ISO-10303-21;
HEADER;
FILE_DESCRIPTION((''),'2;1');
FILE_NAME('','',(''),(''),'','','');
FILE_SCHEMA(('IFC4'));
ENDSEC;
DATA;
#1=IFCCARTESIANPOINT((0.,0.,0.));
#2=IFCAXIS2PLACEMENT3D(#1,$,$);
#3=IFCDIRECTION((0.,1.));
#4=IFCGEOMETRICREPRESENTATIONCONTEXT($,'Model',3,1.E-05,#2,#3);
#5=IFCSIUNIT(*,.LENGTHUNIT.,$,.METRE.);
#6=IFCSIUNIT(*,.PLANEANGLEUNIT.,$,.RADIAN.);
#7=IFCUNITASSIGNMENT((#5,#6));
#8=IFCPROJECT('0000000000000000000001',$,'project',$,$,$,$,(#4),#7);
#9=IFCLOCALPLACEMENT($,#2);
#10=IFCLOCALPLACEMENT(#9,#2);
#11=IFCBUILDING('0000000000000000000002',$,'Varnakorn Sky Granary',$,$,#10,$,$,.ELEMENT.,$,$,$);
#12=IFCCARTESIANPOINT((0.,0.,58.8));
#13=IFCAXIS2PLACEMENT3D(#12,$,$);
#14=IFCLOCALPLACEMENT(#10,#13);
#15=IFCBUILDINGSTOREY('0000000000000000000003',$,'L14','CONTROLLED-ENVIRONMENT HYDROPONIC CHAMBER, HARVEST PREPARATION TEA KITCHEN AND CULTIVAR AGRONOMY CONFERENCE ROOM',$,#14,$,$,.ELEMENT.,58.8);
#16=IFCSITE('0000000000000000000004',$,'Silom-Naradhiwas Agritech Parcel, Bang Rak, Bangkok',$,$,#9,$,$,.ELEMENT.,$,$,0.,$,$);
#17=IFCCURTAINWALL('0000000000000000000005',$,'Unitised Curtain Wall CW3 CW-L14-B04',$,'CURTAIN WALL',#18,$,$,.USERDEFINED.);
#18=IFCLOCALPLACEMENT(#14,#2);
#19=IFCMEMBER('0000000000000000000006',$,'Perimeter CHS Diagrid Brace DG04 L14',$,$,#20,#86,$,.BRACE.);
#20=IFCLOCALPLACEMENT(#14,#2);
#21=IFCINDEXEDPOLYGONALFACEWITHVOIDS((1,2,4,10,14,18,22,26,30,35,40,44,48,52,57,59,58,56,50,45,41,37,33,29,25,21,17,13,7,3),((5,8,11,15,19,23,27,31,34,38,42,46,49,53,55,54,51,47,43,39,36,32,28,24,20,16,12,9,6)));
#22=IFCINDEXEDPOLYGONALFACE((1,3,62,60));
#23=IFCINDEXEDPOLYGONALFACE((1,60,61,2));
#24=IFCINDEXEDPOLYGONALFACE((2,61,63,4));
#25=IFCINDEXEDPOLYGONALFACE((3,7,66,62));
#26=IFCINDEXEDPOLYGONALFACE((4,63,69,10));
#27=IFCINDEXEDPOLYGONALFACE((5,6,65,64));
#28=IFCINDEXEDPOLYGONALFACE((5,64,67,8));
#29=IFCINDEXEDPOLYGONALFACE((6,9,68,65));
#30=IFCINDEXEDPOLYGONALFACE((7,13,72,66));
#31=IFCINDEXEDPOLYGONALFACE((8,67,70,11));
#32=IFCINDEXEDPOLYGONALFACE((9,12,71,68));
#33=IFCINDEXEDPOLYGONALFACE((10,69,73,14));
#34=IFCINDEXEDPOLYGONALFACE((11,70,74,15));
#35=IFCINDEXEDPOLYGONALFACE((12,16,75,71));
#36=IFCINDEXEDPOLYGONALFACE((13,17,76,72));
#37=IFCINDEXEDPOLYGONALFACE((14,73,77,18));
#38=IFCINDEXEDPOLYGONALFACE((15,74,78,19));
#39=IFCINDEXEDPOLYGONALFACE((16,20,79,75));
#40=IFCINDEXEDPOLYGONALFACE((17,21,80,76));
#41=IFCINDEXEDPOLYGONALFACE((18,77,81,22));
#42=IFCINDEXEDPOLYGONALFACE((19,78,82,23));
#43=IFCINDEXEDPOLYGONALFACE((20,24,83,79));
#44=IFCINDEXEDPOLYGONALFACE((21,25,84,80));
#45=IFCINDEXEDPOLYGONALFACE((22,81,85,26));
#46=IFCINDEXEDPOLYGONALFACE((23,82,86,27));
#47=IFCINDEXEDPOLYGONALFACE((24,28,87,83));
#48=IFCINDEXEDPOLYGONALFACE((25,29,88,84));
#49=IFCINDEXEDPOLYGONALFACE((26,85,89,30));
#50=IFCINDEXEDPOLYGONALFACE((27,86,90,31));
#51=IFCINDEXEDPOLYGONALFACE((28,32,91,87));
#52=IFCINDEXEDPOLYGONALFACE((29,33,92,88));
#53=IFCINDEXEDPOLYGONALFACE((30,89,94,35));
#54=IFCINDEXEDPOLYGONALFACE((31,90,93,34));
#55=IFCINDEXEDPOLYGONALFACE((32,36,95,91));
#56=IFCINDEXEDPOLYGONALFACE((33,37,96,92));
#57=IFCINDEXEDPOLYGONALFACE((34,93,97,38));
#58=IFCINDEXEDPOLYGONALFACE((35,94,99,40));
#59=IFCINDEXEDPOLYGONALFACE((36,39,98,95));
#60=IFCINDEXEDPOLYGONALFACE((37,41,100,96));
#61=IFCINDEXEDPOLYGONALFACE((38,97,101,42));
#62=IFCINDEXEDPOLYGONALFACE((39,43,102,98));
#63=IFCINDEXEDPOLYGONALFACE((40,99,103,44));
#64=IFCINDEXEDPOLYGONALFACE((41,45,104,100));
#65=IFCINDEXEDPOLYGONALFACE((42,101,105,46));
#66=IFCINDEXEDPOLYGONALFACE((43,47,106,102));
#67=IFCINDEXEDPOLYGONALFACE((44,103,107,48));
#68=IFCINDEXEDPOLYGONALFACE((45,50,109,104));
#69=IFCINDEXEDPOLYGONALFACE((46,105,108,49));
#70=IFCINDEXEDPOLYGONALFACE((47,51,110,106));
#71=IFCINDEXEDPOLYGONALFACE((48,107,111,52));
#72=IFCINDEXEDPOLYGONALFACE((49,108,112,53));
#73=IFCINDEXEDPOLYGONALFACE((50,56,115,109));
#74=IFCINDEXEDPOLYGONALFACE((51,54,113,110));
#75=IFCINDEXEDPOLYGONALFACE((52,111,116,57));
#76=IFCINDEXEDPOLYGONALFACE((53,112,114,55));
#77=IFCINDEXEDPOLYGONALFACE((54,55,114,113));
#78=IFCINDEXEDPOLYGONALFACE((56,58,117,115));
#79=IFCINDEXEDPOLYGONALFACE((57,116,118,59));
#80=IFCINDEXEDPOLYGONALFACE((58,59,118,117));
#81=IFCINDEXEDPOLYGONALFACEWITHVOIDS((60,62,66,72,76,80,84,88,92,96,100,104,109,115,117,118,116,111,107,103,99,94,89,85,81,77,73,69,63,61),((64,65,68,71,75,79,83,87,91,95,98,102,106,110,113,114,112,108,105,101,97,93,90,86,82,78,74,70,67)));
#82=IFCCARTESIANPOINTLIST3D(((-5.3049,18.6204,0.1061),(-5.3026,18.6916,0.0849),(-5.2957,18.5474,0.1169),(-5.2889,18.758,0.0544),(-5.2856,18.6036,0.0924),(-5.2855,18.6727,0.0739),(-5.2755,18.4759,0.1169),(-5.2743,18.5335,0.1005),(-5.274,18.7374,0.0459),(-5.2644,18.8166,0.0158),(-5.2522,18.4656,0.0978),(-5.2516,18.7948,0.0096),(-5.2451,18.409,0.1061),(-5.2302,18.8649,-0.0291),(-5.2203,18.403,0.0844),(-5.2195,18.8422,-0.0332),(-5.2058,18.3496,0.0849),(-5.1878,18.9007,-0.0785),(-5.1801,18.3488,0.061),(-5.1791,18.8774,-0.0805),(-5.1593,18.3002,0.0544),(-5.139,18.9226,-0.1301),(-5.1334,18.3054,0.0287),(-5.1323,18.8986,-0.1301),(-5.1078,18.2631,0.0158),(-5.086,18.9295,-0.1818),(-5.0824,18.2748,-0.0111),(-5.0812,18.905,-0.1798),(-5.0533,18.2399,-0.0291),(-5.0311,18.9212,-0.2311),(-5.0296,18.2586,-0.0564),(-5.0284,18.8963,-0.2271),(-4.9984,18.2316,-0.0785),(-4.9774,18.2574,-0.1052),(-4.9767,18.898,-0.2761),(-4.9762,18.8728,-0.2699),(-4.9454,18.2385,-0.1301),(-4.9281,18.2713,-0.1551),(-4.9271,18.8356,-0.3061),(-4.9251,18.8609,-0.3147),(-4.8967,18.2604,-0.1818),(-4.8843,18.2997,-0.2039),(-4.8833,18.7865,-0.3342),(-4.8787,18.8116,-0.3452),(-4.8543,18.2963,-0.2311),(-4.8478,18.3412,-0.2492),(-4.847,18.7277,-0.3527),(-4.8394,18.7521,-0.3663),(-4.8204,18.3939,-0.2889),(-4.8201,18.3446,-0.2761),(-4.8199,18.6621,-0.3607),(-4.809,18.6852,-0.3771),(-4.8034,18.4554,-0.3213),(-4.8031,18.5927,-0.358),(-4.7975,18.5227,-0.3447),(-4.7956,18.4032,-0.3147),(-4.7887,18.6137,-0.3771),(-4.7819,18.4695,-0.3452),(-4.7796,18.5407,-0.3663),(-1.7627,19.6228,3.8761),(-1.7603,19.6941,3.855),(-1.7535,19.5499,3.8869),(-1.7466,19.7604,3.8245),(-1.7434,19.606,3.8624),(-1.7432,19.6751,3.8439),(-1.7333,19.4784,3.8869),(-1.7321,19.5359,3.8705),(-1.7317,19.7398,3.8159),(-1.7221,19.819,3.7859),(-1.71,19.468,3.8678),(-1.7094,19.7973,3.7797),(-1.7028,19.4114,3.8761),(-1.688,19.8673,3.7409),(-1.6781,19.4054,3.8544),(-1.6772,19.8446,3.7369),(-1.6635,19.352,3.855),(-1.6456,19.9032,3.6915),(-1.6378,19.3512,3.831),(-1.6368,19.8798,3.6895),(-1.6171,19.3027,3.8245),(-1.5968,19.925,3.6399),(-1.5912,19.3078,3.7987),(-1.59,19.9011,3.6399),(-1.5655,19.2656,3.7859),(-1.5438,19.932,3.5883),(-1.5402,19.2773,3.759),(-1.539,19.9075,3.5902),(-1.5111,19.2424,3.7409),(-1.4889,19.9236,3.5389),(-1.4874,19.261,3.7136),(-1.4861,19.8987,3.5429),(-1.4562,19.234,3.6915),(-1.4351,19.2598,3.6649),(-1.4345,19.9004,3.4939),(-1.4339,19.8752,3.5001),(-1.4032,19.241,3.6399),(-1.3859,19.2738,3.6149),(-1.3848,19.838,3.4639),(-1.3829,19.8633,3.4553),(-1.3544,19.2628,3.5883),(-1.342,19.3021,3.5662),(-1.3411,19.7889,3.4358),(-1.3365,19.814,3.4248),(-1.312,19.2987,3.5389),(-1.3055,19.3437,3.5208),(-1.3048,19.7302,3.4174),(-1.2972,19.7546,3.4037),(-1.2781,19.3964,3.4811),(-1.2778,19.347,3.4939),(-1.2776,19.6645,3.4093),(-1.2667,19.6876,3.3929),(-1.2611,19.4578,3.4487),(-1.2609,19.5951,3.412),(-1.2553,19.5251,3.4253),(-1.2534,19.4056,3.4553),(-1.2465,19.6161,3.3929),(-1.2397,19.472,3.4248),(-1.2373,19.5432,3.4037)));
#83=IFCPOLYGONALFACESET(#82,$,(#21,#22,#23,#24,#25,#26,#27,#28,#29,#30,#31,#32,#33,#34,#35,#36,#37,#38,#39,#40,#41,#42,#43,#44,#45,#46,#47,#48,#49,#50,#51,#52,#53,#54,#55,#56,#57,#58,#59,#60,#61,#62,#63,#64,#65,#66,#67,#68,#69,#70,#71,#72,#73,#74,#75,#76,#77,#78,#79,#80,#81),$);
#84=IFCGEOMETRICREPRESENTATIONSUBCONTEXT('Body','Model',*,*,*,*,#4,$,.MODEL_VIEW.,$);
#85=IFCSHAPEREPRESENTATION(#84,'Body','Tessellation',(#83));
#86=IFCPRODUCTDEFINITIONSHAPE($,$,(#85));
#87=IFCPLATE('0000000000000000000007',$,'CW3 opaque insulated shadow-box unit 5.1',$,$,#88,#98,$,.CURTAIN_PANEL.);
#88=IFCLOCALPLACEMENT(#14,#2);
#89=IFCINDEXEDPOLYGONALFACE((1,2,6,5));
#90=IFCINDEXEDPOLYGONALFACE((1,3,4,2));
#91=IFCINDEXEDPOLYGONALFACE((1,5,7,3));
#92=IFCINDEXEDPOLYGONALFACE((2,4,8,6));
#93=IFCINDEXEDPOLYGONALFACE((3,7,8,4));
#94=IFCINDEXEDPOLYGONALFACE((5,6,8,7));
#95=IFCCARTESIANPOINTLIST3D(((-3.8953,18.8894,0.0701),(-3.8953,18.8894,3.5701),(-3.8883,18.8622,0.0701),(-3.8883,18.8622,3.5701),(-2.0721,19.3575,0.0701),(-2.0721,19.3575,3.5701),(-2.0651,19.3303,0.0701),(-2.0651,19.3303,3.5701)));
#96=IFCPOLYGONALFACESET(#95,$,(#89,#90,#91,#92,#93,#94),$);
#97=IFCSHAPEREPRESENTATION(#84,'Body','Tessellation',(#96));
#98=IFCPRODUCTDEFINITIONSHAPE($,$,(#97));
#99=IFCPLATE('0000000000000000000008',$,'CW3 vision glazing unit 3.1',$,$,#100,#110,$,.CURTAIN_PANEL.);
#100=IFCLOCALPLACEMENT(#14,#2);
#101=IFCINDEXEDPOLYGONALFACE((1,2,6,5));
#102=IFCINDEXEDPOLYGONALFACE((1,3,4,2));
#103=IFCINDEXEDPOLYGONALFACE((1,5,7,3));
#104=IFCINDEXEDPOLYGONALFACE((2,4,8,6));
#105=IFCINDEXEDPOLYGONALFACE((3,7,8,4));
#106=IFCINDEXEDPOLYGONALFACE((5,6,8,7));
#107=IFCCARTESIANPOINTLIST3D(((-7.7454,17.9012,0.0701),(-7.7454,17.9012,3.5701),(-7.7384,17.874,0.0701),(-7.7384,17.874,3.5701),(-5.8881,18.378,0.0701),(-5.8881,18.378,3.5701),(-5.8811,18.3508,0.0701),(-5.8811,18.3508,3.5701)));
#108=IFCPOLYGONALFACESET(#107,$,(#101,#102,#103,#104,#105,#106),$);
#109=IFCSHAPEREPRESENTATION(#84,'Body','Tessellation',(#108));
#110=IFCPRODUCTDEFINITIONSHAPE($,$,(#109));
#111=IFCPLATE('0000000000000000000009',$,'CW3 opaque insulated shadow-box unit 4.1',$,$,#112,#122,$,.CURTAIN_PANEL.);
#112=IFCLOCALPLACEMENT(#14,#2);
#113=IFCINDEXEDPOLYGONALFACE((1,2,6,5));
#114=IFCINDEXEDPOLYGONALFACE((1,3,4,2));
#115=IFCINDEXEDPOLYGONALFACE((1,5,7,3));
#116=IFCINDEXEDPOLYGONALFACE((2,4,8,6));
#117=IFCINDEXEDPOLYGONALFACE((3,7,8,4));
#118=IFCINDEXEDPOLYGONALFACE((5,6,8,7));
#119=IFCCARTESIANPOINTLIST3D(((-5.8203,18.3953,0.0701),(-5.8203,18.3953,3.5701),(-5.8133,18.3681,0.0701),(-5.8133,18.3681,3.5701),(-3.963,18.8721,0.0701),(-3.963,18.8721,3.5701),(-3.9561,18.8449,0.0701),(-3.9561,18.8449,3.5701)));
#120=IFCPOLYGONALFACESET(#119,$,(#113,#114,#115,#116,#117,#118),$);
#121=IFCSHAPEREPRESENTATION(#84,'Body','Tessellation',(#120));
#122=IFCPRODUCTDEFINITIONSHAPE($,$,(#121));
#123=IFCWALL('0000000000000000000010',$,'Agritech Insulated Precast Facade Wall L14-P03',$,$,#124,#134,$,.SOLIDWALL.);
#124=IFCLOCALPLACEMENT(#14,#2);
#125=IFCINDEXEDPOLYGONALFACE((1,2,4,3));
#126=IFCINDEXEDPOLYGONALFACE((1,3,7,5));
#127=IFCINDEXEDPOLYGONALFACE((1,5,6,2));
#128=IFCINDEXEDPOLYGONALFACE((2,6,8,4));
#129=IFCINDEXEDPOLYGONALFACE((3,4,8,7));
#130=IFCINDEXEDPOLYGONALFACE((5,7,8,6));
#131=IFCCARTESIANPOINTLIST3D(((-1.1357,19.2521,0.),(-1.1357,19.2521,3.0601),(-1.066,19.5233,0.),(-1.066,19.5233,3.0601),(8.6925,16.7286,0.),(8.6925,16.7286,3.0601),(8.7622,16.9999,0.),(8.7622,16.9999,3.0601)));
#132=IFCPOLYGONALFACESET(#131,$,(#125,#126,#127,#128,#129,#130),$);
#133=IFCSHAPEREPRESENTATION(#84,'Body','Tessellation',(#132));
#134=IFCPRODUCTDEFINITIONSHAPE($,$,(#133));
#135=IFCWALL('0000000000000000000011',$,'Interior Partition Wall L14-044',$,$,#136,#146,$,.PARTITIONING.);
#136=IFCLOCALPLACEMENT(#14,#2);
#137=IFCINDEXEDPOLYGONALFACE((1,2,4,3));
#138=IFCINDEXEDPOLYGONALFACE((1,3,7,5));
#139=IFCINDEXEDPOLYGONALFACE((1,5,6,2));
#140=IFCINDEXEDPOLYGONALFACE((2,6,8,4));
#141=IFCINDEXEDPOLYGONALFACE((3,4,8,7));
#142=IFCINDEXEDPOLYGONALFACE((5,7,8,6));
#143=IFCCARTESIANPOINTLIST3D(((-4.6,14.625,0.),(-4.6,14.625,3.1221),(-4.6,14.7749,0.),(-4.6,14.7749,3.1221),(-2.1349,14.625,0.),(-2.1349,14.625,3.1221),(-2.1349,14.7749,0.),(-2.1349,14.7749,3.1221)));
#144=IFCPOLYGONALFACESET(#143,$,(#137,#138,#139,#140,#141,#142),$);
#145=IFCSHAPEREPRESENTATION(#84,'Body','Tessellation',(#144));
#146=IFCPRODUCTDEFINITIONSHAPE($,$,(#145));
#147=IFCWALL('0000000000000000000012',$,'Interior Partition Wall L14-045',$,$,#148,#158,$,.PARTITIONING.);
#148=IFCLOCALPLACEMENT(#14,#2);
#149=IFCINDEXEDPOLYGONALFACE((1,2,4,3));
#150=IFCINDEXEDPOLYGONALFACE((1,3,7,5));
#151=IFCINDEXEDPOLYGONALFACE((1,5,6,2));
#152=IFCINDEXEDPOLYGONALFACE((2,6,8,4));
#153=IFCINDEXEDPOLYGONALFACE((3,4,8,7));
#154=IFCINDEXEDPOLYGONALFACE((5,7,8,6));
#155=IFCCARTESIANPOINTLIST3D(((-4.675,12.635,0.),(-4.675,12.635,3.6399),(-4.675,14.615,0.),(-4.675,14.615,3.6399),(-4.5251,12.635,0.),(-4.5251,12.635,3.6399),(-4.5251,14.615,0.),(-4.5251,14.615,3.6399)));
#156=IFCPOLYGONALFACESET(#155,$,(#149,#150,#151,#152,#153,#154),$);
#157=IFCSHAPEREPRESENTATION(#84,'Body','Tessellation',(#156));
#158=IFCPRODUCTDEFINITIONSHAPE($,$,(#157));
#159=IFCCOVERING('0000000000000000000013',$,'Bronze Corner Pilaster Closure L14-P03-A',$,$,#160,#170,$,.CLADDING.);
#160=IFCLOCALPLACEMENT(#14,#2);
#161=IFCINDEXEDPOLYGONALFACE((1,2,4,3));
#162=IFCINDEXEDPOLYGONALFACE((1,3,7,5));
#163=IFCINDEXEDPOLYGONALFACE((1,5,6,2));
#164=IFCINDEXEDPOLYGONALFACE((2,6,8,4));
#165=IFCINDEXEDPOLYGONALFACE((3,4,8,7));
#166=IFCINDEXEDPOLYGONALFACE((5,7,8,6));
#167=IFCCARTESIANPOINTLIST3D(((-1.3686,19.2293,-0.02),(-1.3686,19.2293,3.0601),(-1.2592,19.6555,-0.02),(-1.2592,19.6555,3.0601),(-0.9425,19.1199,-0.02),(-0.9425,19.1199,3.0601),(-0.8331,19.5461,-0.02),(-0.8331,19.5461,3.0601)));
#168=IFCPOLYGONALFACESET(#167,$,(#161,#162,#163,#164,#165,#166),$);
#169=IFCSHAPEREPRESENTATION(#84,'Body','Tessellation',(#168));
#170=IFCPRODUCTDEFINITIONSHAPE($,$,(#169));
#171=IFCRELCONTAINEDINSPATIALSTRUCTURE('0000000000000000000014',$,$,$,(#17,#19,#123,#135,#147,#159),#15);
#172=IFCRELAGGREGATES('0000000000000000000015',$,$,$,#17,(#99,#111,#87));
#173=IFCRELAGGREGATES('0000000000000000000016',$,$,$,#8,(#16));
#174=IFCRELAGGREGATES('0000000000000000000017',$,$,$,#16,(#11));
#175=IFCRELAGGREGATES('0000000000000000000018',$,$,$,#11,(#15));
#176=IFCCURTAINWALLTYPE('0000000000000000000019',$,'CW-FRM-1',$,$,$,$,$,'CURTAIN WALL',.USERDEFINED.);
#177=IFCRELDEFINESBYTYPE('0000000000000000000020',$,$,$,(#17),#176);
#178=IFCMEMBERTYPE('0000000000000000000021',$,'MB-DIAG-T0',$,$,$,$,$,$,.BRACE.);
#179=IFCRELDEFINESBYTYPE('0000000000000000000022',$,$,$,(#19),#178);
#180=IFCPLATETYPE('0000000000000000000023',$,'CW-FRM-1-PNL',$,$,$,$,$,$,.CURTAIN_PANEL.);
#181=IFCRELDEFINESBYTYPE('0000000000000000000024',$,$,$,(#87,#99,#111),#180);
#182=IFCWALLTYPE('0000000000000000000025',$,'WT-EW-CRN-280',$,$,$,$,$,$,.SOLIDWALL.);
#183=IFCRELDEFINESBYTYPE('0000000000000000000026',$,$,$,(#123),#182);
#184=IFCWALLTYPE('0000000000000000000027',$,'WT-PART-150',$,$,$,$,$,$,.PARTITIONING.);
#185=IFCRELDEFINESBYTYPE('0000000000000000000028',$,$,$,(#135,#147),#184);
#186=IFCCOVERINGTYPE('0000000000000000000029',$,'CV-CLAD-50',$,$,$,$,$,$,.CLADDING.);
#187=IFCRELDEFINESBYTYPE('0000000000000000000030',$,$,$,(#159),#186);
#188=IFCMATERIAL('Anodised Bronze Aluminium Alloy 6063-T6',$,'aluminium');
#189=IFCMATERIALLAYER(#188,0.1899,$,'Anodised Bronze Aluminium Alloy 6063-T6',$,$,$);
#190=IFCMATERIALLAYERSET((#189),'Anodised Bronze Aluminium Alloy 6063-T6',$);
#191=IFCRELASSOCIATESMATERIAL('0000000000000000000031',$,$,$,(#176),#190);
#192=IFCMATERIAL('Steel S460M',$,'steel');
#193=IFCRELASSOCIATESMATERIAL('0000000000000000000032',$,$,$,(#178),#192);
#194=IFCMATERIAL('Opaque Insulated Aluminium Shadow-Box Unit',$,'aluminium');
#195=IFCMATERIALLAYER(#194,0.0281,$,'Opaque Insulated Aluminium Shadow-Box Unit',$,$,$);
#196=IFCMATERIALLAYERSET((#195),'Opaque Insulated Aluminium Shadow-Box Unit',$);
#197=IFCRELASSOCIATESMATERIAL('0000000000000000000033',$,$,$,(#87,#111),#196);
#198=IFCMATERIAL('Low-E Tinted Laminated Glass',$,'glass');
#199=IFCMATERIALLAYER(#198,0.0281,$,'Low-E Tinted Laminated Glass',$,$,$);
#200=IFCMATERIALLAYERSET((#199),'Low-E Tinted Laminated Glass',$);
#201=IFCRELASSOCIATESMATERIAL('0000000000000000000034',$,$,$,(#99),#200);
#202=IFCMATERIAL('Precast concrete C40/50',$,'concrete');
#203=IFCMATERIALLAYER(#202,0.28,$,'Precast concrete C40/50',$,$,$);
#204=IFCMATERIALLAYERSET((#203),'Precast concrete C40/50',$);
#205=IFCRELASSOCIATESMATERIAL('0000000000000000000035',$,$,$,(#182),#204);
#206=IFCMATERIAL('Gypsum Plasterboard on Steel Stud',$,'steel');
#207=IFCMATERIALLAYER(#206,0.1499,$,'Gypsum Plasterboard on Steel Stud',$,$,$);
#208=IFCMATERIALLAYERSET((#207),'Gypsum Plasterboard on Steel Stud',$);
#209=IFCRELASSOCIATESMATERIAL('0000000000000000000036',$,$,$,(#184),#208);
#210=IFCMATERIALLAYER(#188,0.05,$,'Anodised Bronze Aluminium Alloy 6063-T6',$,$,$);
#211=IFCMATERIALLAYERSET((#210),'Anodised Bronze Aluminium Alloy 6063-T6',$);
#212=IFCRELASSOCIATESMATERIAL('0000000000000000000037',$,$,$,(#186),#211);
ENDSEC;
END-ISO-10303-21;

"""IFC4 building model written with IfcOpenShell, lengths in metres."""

from ifc_helpers import new_model, si_unit, direction, frame, frame_2d, origin, origin_2d, place, context, subcontext, project, spatial, rectangle, hollow_circle, extrude, source, transform, mapped, material, layer, layer_set, material_profile, profile_set, type_object, type_shapes, element, aggregate, save


model = new_model("IFC4")

# Units and contexts
model_context = context("Model", 3, precision=1e-05, world=origin(), true_north=direction((0.0, 1.0)))
body_context = subcontext(model_context, "Body", "Model", "MODEL_VIEW")
ifc_project = project(units=[si_unit("LENGTHUNIT", "METRE"), si_unit("PLANEANGLEUNIT", "RADIAN")], contexts=[model_context])

# Site, building, storey
site_placement = place(None, origin())
site = spatial("IfcSite", under=ifc_project, at=site_placement, Name="Silom-Naradhiwas Agritech Parcel, Bang Rak, Bangkok", CompositionType="ELEMENT", RefElevation=0.0)
building_placement = place(site_placement, origin())
building = spatial("IfcBuilding", under=site, at=building_placement, Name="Varnakorn Sky Granary", CompositionType="ELEMENT")
storey_placement = place(building_placement, frame((0.0, 0.0, 58.8)))
storey = spatial("IfcBuildingStorey", under=building, at=storey_placement, Name="L14", Description="CONTROLLED-ENVIRONMENT HYDROPONIC CHAMBER, HARVEST PREPARATION TEA KITCHEN AND CULTIVAR AGRONOMY CONFERENCE ROOM", CompositionType="ELEMENT", Elevation=58.8)

# Shared definitions
ifc_material_1 = material(Name="Steel S460M", Category="steel")

# Curtain wall
ifc_material_2 = material(Name="Anodised Bronze Aluminium Alloy 6063-T6", Category="aluminium")
ifc_layer_1 = layer(ifc_material_2, 0.1899, Name="Anodised Bronze Aluminium Alloy 6063-T6")
ifc_layer_set_1 = layer_set([ifc_layer_1], Name="Anodised Bronze Aluminium Alloy 6063-T6")
curtain_wall_type = type_object("IfcCurtainWallType", Name="CW-FRM-1", ElementType="CURTAIN WALL", PredefinedType="USERDEFINED", material=ifc_layer_set_1)
curtain_wall_placement = place(storey_placement, origin())
curtain_wall = element("IfcCurtainWall", 1, at=curtain_wall_placement, inside=storey, type_object=curtain_wall_type, Name="Unitised Curtain Wall CW3 CW-L14-B04", ObjectType="CURTAIN WALL", PredefinedType="USERDEFINED")

# Member
ifc_material_profile_1 = material_profile(ifc_material_1, hollow_circle(Radius=0.3555, WallThickness=0.0249, at=origin_2d()), Name="CHS 711x25")
ifc_profile_set_1 = profile_set([ifc_material_profile_1], Name="Steel S460M")
member_type_1 = type_object("IfcMemberType", Name="MB-DIAG-T0", PredefinedType="BRACE", material=ifc_profile_set_1)
member_1_placement = place(storey_placement, frame((-5.0422, 18.5806, -0.1301), z_axis=(0.672242, 0.190242, 0.715471), x_axis=(-0.272303, 0.962212, 0.0)))
element("IfcMember", 2, at=member_1_placement, inside=storey, type_object=member_type_1, Name="Perimeter CHS Diagrid Brace DG04 L14", PredefinedType="BRACE", context=body_context, shape_type="SweptSolid", body=[
    extrude(hollow_circle(Radius=0.3555, WallThickness=0.0249, at=origin_2d()), origin(), (0.0, 0.0, 1.0), 5.2693),
])

# Plates
ifc_material_3 = material(Name="Opaque Insulated Aluminium Shadow-Box Unit", Category="aluminium")
ifc_layer_2 = layer(ifc_material_3, 0.0281, Name="Opaque Insulated Aluminium Shadow-Box Unit")
ifc_layer_set_2 = layer_set([ifc_layer_2], Name="Opaque Insulated Aluminium Shadow-Box Unit")
plate_type = type_object("IfcPlateType", Name="CW-FRM-1-PNL", PredefinedType="CURTAIN_PANEL")
shared_shape_1 = source(origin(), body_context, "Body", "SweptSolid", [
    extrude(rectangle(XDim=1.8823, YDim=0.0281, at=origin_2d()), origin(), (0.0, 0.0, 1.0), 3.5),
])
plate_1_placement = place(storey_placement, frame((-2.9802, 19.1099, 0.0701), z_axis=(0.0, 0.0, 1.0), x_axis=(0.968592, 0.248656, 0.0)))
plate_1 = element("IfcPlate", 3, at=plate_1_placement, type_object=plate_type, material=ifc_layer_set_2, Name="CW3 opaque insulated shadow-box unit 5.1", PredefinedType="CURTAIN_PANEL", context=body_context, shape_type="MappedRepresentation", body=[
    mapped(shared_shape_1, transform((0.0, 0.0, 0.0), x_axis=(1.0, 0.0, 0.0), y_axis=(0.0, 1.0, 0.0), z_axis=(0.0, 0.0, 1.0), scale=1.0)),
])
ifc_material_4 = material(Name="Low-E Tinted Laminated Glass", Category="glass")
ifc_layer_3 = layer(ifc_material_4, 0.0281, Name="Low-E Tinted Laminated Glass")
ifc_layer_set_3 = layer_set([ifc_layer_3], Name="Low-E Tinted Laminated Glass")
shared_shape_2 = source(origin(), body_context, "Body", "SweptSolid", [
    extrude(rectangle(XDim=1.9175, YDim=0.0281, at=origin_2d()), origin(), (0.0, 0.0, 1.0), 3.5),
])
type_shapes(plate_type, [shared_shape_1, shared_shape_2])
plate_2_placement = place(storey_placement, frame((-6.8132, 18.126, 0.0701), z_axis=(0.0, 0.0, 1.0), x_axis=(0.968592, 0.248656, 0.0)))
plate_2 = element("IfcPlate", 4, at=plate_2_placement, type_object=plate_type, material=ifc_layer_set_3, Name="CW3 vision glazing unit 3.1", PredefinedType="CURTAIN_PANEL", context=body_context, shape_type="MappedRepresentation", body=[
    mapped(shared_shape_2, transform((0.0, 0.0, 0.0), x_axis=(1.0, 0.0, 0.0), y_axis=(0.0, 1.0, 0.0), z_axis=(0.0, 0.0, 1.0), scale=1.0)),
])
plate_3_placement = place(storey_placement, frame((-4.8882, 18.6201, 0.0701), z_axis=(0.0, 0.0, 1.0), x_axis=(0.968592, 0.248656, 0.0)))
plate_3 = element("IfcPlate", 5, at=plate_3_placement, type_object=plate_type, material=ifc_layer_set_2, Name="CW3 opaque insulated shadow-box unit 4.1", PredefinedType="CURTAIN_PANEL", context=body_context, shape_type="MappedRepresentation", body=[
    mapped(shared_shape_2, transform((0.0, 0.0, 0.0), x_axis=(1.0, 0.0, 0.0), y_axis=(0.0, 1.0, 0.0), z_axis=(0.0, 0.0, 1.0), scale=1.0)),
])
aggregate(curtain_wall, [plate_2, plate_3, plate_1])

# Walls
ifc_material_5 = material(Name="Precast concrete C40/50", Category="concrete")
ifc_layer_4 = layer(ifc_material_5, 0.28, Name="Precast concrete C40/50")
ifc_layer_set_4 = layer_set([ifc_layer_4], Name="Precast concrete C40/50")
wall_type_1 = type_object("IfcWallType", Name="WT-EW-CRN-280", PredefinedType="SOLIDWALL", material=ifc_layer_set_4)
wall_1_placement = place(storey_placement, frame((-1.1008, 19.3877, 0.0), z_axis=(0.0, 0.0, 1.0), x_axis=(0.968583, -0.24869, 0.0)))
element("IfcWall", 6, at=wall_1_placement, inside=storey, type_object=wall_type_1, Name="Agritech Insulated Precast Facade Wall L14-P03", PredefinedType="SOLIDWALL", context=body_context, shape_type="SweptSolid", body=[
    extrude(rectangle(XDim=10.147, YDim=0.28, at=frame_2d((5.0735, 0.0))), origin(), (0.0, 0.0, 1.0), 3.0601),
])
ifc_material_6 = material(Name="Gypsum Plasterboard on Steel Stud", Category="steel")
ifc_layer_5 = layer(ifc_material_6, 0.1499, Name="Gypsum Plasterboard on Steel Stud")
ifc_layer_set_5 = layer_set([ifc_layer_5], Name="Gypsum Plasterboard on Steel Stud")
wall_type_2 = type_object("IfcWallType", Name="WT-PART-150", PredefinedType="PARTITIONING", material=ifc_layer_set_5)
wall_2_placement = place(storey_placement, frame((-2.135, 14.7, 0.0), z_axis=(0.0, 0.0, 1.0), x_axis=(-1.0, 0.0, 0.0)))
element("IfcWall", 7, at=wall_2_placement, inside=storey, type_object=wall_type_2, Name="Interior Partition Wall L14-044", PredefinedType="PARTITIONING", context=body_context, shape_type="SweptSolid", body=[
    extrude(rectangle(XDim=2.4651, YDim=0.1499, at=frame_2d((1.2324, 0.0))), origin(), (0.0, 0.0, 1.0), 3.1221),
])
wall_3_placement = place(storey_placement, frame((-4.6001, 14.615, 0.0), z_axis=(0.0, 0.0, 1.0), x_axis=(0.0, -1.0, 0.0)))
element("IfcWall", 8, at=wall_3_placement, inside=storey, type_object=wall_type_2, Name="Interior Partition Wall L14-045", PredefinedType="PARTITIONING", context=body_context, shape_type="SweptSolid", body=[
    extrude(rectangle(XDim=1.98, YDim=0.1499, at=frame_2d((0.99, 0.0))), origin(), (0.0, 0.0, 1.0), 3.6399),
])

# Covering
ifc_layer_6 = layer(ifc_material_2, 0.05, Name="Anodised Bronze Aluminium Alloy 6063-T6")
ifc_layer_set_6 = layer_set([ifc_layer_6], Name="Anodised Bronze Aluminium Alloy 6063-T6")
covering_type = type_object("IfcCoveringType", Name="CV-CLAD-50", PredefinedType="CLADDING", material=ifc_layer_set_6)
shared_shape_3 = source(origin(), body_context, "Body", "SweptSolid", [
    extrude(rectangle(XDim=0.4399, YDim=0.4399, at=origin_2d()), origin(), (0.0, 0.0, 1.0), 3.0801),
])
type_shapes(covering_type, [shared_shape_3])
covering_placement = place(storey_placement, frame((-1.1008, 19.3877, -0.02), z_axis=(0.0, 0.0, 1.0), x_axis=(0.968583, -0.24869, 0.0)))
element("IfcCovering", 9, at=covering_placement, inside=storey, type_object=covering_type, Name="Bronze Corner Pilaster Closure L14-P03-A", PredefinedType="CLADDING", context=body_context, shape_type="MappedRepresentation", body=[
    mapped(shared_shape_3, transform((0.0, 0.0, 0.0), x_axis=(1.0, 0.0, 0.0), y_axis=(0.0, 1.0, 0.0), z_axis=(0.0, 0.0, 1.0), scale=1.0)),
])

save(model, "model.ifc")
